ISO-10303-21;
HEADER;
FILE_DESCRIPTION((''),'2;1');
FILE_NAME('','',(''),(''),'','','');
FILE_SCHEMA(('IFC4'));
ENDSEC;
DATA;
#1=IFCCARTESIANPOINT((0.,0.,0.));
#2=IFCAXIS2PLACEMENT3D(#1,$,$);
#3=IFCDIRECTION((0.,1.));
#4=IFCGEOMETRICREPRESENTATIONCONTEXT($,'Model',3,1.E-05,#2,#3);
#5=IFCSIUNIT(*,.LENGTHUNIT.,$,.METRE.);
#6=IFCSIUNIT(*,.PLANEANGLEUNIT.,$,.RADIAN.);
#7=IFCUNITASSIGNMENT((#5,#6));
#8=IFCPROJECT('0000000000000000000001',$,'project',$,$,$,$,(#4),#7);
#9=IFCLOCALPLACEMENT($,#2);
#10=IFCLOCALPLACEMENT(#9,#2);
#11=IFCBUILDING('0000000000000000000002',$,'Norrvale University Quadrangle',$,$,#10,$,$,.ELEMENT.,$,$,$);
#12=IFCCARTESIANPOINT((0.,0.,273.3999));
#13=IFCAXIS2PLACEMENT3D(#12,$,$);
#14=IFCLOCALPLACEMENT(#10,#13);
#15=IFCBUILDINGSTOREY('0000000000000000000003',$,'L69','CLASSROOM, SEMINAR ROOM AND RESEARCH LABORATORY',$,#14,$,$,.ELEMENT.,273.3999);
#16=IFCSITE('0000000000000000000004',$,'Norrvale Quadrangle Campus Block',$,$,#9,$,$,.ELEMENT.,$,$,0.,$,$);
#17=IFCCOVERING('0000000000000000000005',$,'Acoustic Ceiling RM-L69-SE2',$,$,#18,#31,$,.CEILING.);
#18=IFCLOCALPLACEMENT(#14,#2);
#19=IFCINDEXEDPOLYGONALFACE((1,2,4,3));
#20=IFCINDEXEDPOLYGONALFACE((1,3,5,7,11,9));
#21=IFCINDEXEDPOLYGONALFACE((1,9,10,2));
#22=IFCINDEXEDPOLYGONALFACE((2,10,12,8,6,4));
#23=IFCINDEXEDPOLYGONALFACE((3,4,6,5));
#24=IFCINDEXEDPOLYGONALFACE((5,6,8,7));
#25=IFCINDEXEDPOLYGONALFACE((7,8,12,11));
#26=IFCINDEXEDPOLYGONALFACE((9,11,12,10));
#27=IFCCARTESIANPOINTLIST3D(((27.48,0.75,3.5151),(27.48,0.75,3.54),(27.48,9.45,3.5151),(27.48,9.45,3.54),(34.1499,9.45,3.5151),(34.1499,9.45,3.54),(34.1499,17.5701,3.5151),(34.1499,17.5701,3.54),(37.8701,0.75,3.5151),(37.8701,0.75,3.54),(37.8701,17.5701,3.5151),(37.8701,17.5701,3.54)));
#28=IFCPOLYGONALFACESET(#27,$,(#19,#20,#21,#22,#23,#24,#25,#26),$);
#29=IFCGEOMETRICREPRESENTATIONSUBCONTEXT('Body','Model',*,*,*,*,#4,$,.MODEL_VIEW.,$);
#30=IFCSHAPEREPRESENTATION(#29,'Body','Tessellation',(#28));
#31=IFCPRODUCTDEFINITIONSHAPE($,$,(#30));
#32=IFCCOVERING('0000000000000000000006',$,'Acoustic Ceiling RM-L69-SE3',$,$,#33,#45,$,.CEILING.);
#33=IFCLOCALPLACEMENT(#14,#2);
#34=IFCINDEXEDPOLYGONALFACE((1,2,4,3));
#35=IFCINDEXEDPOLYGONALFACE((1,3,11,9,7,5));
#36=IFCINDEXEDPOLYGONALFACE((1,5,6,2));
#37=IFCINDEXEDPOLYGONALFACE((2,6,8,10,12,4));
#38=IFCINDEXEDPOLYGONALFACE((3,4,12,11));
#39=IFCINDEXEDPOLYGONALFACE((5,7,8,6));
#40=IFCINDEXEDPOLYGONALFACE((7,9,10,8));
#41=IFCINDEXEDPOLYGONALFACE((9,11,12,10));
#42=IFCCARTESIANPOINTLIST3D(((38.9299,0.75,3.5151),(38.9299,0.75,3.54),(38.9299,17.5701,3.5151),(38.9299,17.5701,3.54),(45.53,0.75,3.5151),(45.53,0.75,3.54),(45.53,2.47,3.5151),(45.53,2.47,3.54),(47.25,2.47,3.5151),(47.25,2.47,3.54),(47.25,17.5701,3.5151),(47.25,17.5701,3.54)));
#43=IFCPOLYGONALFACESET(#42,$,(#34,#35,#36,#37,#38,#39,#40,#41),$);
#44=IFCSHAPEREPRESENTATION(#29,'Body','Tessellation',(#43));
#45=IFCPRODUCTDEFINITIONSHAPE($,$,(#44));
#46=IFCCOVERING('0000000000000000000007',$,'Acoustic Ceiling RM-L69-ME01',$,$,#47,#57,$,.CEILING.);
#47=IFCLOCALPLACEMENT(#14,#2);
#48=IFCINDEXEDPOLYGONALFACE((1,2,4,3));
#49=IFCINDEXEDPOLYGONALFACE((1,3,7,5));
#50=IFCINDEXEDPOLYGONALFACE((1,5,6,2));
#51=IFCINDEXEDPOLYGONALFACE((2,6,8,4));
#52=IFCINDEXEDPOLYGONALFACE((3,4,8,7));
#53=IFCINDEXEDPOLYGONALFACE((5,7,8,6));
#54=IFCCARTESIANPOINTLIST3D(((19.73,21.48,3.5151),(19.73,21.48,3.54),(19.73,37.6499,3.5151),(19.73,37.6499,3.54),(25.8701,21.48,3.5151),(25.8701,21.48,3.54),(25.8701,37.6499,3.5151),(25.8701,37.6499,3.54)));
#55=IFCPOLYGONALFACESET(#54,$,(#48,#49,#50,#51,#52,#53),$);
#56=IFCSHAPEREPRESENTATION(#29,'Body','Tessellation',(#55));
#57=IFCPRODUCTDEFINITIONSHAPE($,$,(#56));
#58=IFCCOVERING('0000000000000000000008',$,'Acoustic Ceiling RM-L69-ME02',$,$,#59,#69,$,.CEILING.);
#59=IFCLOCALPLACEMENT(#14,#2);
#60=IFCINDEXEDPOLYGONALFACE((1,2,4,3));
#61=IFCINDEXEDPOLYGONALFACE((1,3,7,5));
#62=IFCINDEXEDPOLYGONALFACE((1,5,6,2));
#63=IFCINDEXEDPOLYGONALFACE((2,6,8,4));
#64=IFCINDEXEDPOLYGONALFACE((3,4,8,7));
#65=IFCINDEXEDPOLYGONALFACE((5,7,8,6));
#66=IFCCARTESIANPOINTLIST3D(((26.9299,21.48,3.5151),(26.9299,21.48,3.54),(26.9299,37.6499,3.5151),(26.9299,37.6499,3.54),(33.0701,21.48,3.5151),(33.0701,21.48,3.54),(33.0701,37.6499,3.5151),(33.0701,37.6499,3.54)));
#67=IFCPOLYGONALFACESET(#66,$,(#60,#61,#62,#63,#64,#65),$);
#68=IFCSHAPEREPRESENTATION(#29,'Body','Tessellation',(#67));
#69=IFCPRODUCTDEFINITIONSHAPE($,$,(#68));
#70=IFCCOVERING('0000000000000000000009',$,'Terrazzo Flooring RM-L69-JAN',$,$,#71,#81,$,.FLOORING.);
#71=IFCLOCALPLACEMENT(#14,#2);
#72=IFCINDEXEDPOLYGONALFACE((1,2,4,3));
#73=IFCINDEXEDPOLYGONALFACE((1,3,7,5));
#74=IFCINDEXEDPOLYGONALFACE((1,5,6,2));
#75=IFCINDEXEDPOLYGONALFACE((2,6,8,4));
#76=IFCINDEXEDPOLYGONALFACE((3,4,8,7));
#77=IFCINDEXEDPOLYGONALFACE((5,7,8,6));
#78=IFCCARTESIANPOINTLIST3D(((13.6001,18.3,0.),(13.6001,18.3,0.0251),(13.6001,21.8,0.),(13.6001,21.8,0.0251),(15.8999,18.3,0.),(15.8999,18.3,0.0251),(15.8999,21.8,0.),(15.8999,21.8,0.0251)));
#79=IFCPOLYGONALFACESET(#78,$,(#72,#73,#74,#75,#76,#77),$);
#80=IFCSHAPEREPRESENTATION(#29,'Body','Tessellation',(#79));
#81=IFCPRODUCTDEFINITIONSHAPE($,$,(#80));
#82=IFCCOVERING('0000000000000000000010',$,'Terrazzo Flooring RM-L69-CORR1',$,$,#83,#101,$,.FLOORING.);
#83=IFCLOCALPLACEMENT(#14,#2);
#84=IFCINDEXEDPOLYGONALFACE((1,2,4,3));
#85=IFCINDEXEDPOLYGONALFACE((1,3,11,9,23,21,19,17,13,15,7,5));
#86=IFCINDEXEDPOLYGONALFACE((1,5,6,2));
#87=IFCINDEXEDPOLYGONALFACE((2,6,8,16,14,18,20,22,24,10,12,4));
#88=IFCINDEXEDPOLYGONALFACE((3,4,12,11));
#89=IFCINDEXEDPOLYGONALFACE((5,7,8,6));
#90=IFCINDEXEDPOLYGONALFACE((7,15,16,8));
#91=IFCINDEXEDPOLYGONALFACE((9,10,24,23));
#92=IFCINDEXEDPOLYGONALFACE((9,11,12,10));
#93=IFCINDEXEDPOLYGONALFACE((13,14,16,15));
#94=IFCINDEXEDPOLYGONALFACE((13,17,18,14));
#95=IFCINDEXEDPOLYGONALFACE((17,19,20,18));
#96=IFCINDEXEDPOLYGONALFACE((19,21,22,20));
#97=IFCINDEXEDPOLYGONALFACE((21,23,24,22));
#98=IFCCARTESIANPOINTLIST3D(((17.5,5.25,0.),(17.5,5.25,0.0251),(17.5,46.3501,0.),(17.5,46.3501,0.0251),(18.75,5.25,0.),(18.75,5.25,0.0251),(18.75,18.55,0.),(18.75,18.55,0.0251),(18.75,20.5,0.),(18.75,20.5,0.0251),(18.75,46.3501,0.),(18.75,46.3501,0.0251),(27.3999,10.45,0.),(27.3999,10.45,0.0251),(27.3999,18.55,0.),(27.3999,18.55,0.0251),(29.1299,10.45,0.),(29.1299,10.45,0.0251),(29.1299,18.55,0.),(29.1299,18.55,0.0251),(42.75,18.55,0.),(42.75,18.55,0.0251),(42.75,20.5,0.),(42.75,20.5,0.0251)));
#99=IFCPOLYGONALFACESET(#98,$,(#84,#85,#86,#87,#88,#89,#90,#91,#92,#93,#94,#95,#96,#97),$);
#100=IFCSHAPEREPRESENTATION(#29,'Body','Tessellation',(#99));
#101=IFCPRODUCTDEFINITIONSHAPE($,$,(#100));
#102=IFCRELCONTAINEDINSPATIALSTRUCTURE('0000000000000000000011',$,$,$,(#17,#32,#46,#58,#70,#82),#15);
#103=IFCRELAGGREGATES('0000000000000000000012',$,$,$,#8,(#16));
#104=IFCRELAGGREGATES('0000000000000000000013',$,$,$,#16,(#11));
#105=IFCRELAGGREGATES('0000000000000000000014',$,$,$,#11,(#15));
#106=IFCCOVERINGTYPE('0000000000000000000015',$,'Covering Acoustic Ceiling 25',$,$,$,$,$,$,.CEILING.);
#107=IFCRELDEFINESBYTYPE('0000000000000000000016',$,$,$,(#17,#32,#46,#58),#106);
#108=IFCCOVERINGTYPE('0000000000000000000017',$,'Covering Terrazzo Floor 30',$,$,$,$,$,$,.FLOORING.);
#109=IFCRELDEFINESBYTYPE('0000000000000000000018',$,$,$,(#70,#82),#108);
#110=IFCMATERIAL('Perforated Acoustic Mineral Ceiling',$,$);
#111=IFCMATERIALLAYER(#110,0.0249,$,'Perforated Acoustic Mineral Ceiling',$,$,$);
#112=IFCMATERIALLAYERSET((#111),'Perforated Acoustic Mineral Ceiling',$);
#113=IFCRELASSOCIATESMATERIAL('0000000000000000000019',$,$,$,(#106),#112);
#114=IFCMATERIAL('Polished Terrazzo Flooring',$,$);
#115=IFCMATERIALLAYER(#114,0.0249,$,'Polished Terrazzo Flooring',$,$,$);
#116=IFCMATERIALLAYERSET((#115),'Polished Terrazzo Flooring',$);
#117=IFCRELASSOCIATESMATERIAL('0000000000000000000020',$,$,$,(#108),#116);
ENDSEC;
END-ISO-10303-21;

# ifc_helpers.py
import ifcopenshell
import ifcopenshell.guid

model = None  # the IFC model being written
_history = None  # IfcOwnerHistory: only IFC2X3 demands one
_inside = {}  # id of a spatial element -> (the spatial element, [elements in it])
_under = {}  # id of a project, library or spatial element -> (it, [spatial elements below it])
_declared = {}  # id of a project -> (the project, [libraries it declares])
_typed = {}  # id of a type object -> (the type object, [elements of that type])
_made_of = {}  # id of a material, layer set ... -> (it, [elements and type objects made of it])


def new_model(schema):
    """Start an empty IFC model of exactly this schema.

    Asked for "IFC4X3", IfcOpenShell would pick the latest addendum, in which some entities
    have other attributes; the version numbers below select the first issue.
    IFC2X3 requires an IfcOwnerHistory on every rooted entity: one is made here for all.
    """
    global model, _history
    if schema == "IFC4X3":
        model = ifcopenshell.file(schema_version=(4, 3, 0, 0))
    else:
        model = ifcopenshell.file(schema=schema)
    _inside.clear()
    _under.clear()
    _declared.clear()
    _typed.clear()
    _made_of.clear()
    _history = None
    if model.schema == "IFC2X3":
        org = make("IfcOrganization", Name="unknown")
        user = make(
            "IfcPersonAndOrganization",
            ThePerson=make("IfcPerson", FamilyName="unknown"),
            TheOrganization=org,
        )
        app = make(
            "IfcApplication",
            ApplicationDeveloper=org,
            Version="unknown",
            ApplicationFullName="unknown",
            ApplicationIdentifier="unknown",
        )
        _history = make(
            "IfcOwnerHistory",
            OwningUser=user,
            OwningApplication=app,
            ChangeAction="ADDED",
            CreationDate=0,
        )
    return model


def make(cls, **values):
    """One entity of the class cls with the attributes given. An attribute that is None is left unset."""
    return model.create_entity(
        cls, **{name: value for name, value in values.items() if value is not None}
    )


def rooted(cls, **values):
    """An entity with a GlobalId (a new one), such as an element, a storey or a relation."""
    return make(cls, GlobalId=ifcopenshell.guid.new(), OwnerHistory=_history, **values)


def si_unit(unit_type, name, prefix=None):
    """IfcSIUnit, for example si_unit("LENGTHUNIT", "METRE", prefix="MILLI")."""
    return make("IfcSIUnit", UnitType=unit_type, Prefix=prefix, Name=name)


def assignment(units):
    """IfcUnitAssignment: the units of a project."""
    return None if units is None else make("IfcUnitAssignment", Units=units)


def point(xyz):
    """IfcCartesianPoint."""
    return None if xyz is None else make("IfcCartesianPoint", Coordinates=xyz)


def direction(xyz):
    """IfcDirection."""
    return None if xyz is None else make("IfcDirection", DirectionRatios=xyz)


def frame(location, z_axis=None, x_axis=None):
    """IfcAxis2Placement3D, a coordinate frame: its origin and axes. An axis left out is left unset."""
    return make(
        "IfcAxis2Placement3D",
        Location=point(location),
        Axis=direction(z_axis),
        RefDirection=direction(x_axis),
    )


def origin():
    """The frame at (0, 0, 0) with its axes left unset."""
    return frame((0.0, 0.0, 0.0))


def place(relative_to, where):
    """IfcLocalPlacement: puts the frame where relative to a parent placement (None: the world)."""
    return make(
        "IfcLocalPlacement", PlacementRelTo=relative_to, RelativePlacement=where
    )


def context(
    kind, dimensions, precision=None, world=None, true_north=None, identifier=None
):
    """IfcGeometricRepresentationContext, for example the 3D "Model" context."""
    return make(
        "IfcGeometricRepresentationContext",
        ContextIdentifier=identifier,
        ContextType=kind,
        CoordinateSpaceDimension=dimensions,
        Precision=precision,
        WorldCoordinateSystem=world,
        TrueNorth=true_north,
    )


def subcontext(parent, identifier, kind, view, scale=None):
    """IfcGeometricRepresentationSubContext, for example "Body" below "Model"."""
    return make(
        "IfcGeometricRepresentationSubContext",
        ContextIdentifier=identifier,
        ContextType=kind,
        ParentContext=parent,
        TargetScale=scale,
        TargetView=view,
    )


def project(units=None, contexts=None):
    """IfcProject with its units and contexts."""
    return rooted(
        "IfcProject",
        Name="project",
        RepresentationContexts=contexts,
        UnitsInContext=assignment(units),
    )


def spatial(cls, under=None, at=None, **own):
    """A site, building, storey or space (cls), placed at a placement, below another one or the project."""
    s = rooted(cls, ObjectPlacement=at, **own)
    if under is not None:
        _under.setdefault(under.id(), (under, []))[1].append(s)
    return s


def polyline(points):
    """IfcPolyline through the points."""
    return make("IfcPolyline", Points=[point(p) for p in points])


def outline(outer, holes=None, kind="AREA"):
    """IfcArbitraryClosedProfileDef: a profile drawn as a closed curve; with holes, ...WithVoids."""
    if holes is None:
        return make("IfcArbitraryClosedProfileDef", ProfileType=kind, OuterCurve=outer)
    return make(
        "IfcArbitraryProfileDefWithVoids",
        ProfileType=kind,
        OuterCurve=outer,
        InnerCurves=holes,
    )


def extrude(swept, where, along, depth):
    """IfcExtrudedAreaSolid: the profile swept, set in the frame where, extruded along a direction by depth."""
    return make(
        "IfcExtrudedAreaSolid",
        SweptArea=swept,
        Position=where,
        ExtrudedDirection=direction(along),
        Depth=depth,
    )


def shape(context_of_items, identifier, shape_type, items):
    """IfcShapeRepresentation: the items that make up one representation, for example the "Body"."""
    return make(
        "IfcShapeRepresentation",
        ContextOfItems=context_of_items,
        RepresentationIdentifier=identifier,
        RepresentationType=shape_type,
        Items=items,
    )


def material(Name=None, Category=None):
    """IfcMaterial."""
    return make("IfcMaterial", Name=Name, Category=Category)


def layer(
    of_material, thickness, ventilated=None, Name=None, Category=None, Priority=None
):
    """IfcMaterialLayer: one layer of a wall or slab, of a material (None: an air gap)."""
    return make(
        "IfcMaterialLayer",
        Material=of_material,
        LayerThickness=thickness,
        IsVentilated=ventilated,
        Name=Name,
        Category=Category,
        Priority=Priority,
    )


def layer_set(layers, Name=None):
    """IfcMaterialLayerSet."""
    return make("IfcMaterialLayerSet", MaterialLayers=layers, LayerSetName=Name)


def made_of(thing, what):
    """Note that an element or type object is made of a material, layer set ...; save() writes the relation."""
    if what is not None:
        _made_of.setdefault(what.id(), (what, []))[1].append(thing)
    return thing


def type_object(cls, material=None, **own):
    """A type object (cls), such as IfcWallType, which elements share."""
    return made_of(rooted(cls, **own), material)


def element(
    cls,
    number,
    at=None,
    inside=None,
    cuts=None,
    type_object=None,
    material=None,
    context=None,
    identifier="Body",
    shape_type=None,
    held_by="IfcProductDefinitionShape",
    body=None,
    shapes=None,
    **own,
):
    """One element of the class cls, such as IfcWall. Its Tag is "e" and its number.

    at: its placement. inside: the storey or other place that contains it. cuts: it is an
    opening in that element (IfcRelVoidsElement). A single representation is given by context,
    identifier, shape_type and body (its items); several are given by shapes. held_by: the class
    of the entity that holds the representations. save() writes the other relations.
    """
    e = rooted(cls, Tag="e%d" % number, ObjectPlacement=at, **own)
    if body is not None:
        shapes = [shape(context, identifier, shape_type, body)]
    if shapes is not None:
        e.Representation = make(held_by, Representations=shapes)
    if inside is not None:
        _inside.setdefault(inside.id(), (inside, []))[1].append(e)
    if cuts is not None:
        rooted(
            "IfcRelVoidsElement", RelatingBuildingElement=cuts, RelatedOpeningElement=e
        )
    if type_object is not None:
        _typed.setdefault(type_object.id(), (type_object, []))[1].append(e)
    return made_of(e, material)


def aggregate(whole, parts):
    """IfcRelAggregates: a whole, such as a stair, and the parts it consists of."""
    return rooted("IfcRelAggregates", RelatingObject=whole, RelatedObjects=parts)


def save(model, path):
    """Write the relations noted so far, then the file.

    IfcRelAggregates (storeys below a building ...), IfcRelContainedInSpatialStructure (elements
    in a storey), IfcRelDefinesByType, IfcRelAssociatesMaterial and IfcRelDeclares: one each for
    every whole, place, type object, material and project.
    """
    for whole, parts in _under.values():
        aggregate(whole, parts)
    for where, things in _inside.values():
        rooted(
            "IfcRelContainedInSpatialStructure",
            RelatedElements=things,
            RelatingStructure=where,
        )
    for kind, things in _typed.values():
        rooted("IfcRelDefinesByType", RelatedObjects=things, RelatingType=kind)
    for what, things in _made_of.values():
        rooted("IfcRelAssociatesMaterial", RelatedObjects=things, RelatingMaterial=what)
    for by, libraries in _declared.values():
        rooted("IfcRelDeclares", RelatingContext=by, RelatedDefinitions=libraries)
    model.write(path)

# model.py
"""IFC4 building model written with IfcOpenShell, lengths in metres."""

from ifc_helpers import new_model, si_unit, direction, frame, origin, place, context, subcontext, project, spatial, polyline, outline, extrude, material, layer, layer_set, type_object, element, save


model = new_model("IFC4")

# Units and contexts
model_context = context("Model", 3, precision=1e-05, world=origin(), true_north=direction((0.0, 1.0)))
body_context = subcontext(model_context, "Body", "Model", "MODEL_VIEW")
ifc_project = project(units=[si_unit("LENGTHUNIT", "METRE"), si_unit("PLANEANGLEUNIT", "RADIAN")], contexts=[model_context])

# Site, building, storey
site_placement = place(None, origin())
site = spatial("IfcSite", under=ifc_project, at=site_placement, Name="Norrvale Quadrangle Campus Block", CompositionType="ELEMENT", RefElevation=0.0)
building_placement = place(site_placement, origin())
building = spatial("IfcBuilding", under=site, at=building_placement, Name="Norrvale University Quadrangle", CompositionType="ELEMENT")
storey_placement = place(building_placement, frame((0.0, 0.0, 273.3999)))
storey = spatial("IfcBuildingStorey", under=building, at=storey_placement, Name="L69", Description="CLASSROOM, SEMINAR ROOM AND RESEARCH LABORATORY", CompositionType="ELEMENT", Elevation=273.3999)

# Coverings
ifc_material_1 = material(Name="Perforated Acoustic Mineral Ceiling")
ifc_layer_1 = layer(ifc_material_1, 0.0249, Name="Perforated Acoustic Mineral Ceiling")
ifc_layer_set_1 = layer_set([ifc_layer_1], Name="Perforated Acoustic Mineral Ceiling")
covering_type_1 = type_object("IfcCoveringType", Name="Covering Acoustic Ceiling 25", PredefinedType="CEILING", material=ifc_layer_set_1)
covering_1_placement = place(storey_placement, frame((0.0, 0.0, 3.5151)))
element("IfcCovering", 1, at=covering_1_placement, inside=storey, type_object=covering_type_1, Name="Acoustic Ceiling RM-L69-SE2", PredefinedType="CEILING", context=body_context, shape_type="SweptSolid", body=[
    extrude(outline(polyline([(27.48, 9.45), (34.1499, 9.45), (34.1499, 17.5701), (37.8701, 17.5701), (37.8701, 0.75), (27.48, 0.75), (27.48, 9.45)])), origin(), (0.0, 0.0, 1.0), 0.0249),
])
covering_2_placement = place(storey_placement, frame((0.0, 0.0, 3.5151)))
element("IfcCovering", 2, at=covering_2_placement, inside=storey, type_object=covering_type_1, Name="Acoustic Ceiling RM-L69-SE3", PredefinedType="CEILING", context=body_context, shape_type="SweptSolid", body=[
    extrude(outline(polyline([(38.9299, 0.75), (38.9299, 17.5701), (47.25, 17.5701), (47.25, 2.47), (45.53, 2.47), (45.53, 0.75), (38.9299, 0.75)])), origin(), (0.0, 0.0, 1.0), 0.0249),
])
covering_3_placement = place(storey_placement, frame((0.0, 0.0, 3.5151)))
element("IfcCovering", 3, at=covering_3_placement, inside=storey, type_object=covering_type_1, Name="Acoustic Ceiling RM-L69-ME01", PredefinedType="CEILING", context=body_context, shape_type="SweptSolid", body=[
    extrude(outline(polyline([(19.73, 37.6499), (25.8701, 37.6499), (25.8701, 21.48), (19.73, 21.48), (19.73, 37.6499)])), origin(), (0.0, 0.0, 1.0), 0.0249),
])
covering_4_placement = place(storey_placement, frame((0.0, 0.0, 3.5151)))
element("IfcCovering", 4, at=covering_4_placement, inside=storey, type_object=covering_type_1, Name="Acoustic Ceiling RM-L69-ME02", PredefinedType="CEILING", context=body_context, shape_type="SweptSolid", body=[
    extrude(outline(polyline([(26.9299, 37.6499), (33.0701, 37.6499), (33.0701, 21.48), (26.9299, 21.48), (26.9299, 37.6499)])), origin(), (0.0, 0.0, 1.0), 0.0249),
])
ifc_material_2 = material(Name="Polished Terrazzo Flooring")
ifc_layer_2 = layer(ifc_material_2, 0.0249, Name="Polished Terrazzo Flooring")
ifc_layer_set_2 = layer_set([ifc_layer_2], Name="Polished Terrazzo Flooring")
covering_type_2 = type_object("IfcCoveringType", Name="Covering Terrazzo Floor 30", PredefinedType="FLOORING", material=ifc_layer_set_2)
covering_5_placement = place(storey_placement, origin())
element("IfcCovering", 5, at=covering_5_placement, inside=storey, type_object=covering_type_2, Name="Terrazzo Flooring RM-L69-JAN", PredefinedType="FLOORING", context=body_context, shape_type="SweptSolid", body=[
    extrude(outline(polyline([(13.6001, 18.3), (13.6001, 21.8), (15.8999, 21.8), (15.8999, 18.3), (13.6001, 18.3)])), origin(), (0.0, 0.0, 1.0), 0.0251),
])
covering_6_placement = place(storey_placement, origin())
element("IfcCovering", 6, at=covering_6_placement, inside=storey, type_object=covering_type_2, Name="Terrazzo Flooring RM-L69-CORR1", PredefinedType="FLOORING", context=body_context, shape_type="SweptSolid", body=[
    extrude(outline(polyline([(17.5, 5.25), (17.5, 46.3501), (18.75, 46.3501), (18.75, 20.5), (42.75, 20.5), (42.75, 18.55), (29.1299, 18.55), (29.1299, 10.45), (27.3999, 10.45), (27.3999, 18.55), (18.75, 18.55), (18.75, 5.25), (17.5, 5.25)])), origin(), (0.0, 0.0, 1.0), 0.0251),
])

save(model, "model.ifc")
